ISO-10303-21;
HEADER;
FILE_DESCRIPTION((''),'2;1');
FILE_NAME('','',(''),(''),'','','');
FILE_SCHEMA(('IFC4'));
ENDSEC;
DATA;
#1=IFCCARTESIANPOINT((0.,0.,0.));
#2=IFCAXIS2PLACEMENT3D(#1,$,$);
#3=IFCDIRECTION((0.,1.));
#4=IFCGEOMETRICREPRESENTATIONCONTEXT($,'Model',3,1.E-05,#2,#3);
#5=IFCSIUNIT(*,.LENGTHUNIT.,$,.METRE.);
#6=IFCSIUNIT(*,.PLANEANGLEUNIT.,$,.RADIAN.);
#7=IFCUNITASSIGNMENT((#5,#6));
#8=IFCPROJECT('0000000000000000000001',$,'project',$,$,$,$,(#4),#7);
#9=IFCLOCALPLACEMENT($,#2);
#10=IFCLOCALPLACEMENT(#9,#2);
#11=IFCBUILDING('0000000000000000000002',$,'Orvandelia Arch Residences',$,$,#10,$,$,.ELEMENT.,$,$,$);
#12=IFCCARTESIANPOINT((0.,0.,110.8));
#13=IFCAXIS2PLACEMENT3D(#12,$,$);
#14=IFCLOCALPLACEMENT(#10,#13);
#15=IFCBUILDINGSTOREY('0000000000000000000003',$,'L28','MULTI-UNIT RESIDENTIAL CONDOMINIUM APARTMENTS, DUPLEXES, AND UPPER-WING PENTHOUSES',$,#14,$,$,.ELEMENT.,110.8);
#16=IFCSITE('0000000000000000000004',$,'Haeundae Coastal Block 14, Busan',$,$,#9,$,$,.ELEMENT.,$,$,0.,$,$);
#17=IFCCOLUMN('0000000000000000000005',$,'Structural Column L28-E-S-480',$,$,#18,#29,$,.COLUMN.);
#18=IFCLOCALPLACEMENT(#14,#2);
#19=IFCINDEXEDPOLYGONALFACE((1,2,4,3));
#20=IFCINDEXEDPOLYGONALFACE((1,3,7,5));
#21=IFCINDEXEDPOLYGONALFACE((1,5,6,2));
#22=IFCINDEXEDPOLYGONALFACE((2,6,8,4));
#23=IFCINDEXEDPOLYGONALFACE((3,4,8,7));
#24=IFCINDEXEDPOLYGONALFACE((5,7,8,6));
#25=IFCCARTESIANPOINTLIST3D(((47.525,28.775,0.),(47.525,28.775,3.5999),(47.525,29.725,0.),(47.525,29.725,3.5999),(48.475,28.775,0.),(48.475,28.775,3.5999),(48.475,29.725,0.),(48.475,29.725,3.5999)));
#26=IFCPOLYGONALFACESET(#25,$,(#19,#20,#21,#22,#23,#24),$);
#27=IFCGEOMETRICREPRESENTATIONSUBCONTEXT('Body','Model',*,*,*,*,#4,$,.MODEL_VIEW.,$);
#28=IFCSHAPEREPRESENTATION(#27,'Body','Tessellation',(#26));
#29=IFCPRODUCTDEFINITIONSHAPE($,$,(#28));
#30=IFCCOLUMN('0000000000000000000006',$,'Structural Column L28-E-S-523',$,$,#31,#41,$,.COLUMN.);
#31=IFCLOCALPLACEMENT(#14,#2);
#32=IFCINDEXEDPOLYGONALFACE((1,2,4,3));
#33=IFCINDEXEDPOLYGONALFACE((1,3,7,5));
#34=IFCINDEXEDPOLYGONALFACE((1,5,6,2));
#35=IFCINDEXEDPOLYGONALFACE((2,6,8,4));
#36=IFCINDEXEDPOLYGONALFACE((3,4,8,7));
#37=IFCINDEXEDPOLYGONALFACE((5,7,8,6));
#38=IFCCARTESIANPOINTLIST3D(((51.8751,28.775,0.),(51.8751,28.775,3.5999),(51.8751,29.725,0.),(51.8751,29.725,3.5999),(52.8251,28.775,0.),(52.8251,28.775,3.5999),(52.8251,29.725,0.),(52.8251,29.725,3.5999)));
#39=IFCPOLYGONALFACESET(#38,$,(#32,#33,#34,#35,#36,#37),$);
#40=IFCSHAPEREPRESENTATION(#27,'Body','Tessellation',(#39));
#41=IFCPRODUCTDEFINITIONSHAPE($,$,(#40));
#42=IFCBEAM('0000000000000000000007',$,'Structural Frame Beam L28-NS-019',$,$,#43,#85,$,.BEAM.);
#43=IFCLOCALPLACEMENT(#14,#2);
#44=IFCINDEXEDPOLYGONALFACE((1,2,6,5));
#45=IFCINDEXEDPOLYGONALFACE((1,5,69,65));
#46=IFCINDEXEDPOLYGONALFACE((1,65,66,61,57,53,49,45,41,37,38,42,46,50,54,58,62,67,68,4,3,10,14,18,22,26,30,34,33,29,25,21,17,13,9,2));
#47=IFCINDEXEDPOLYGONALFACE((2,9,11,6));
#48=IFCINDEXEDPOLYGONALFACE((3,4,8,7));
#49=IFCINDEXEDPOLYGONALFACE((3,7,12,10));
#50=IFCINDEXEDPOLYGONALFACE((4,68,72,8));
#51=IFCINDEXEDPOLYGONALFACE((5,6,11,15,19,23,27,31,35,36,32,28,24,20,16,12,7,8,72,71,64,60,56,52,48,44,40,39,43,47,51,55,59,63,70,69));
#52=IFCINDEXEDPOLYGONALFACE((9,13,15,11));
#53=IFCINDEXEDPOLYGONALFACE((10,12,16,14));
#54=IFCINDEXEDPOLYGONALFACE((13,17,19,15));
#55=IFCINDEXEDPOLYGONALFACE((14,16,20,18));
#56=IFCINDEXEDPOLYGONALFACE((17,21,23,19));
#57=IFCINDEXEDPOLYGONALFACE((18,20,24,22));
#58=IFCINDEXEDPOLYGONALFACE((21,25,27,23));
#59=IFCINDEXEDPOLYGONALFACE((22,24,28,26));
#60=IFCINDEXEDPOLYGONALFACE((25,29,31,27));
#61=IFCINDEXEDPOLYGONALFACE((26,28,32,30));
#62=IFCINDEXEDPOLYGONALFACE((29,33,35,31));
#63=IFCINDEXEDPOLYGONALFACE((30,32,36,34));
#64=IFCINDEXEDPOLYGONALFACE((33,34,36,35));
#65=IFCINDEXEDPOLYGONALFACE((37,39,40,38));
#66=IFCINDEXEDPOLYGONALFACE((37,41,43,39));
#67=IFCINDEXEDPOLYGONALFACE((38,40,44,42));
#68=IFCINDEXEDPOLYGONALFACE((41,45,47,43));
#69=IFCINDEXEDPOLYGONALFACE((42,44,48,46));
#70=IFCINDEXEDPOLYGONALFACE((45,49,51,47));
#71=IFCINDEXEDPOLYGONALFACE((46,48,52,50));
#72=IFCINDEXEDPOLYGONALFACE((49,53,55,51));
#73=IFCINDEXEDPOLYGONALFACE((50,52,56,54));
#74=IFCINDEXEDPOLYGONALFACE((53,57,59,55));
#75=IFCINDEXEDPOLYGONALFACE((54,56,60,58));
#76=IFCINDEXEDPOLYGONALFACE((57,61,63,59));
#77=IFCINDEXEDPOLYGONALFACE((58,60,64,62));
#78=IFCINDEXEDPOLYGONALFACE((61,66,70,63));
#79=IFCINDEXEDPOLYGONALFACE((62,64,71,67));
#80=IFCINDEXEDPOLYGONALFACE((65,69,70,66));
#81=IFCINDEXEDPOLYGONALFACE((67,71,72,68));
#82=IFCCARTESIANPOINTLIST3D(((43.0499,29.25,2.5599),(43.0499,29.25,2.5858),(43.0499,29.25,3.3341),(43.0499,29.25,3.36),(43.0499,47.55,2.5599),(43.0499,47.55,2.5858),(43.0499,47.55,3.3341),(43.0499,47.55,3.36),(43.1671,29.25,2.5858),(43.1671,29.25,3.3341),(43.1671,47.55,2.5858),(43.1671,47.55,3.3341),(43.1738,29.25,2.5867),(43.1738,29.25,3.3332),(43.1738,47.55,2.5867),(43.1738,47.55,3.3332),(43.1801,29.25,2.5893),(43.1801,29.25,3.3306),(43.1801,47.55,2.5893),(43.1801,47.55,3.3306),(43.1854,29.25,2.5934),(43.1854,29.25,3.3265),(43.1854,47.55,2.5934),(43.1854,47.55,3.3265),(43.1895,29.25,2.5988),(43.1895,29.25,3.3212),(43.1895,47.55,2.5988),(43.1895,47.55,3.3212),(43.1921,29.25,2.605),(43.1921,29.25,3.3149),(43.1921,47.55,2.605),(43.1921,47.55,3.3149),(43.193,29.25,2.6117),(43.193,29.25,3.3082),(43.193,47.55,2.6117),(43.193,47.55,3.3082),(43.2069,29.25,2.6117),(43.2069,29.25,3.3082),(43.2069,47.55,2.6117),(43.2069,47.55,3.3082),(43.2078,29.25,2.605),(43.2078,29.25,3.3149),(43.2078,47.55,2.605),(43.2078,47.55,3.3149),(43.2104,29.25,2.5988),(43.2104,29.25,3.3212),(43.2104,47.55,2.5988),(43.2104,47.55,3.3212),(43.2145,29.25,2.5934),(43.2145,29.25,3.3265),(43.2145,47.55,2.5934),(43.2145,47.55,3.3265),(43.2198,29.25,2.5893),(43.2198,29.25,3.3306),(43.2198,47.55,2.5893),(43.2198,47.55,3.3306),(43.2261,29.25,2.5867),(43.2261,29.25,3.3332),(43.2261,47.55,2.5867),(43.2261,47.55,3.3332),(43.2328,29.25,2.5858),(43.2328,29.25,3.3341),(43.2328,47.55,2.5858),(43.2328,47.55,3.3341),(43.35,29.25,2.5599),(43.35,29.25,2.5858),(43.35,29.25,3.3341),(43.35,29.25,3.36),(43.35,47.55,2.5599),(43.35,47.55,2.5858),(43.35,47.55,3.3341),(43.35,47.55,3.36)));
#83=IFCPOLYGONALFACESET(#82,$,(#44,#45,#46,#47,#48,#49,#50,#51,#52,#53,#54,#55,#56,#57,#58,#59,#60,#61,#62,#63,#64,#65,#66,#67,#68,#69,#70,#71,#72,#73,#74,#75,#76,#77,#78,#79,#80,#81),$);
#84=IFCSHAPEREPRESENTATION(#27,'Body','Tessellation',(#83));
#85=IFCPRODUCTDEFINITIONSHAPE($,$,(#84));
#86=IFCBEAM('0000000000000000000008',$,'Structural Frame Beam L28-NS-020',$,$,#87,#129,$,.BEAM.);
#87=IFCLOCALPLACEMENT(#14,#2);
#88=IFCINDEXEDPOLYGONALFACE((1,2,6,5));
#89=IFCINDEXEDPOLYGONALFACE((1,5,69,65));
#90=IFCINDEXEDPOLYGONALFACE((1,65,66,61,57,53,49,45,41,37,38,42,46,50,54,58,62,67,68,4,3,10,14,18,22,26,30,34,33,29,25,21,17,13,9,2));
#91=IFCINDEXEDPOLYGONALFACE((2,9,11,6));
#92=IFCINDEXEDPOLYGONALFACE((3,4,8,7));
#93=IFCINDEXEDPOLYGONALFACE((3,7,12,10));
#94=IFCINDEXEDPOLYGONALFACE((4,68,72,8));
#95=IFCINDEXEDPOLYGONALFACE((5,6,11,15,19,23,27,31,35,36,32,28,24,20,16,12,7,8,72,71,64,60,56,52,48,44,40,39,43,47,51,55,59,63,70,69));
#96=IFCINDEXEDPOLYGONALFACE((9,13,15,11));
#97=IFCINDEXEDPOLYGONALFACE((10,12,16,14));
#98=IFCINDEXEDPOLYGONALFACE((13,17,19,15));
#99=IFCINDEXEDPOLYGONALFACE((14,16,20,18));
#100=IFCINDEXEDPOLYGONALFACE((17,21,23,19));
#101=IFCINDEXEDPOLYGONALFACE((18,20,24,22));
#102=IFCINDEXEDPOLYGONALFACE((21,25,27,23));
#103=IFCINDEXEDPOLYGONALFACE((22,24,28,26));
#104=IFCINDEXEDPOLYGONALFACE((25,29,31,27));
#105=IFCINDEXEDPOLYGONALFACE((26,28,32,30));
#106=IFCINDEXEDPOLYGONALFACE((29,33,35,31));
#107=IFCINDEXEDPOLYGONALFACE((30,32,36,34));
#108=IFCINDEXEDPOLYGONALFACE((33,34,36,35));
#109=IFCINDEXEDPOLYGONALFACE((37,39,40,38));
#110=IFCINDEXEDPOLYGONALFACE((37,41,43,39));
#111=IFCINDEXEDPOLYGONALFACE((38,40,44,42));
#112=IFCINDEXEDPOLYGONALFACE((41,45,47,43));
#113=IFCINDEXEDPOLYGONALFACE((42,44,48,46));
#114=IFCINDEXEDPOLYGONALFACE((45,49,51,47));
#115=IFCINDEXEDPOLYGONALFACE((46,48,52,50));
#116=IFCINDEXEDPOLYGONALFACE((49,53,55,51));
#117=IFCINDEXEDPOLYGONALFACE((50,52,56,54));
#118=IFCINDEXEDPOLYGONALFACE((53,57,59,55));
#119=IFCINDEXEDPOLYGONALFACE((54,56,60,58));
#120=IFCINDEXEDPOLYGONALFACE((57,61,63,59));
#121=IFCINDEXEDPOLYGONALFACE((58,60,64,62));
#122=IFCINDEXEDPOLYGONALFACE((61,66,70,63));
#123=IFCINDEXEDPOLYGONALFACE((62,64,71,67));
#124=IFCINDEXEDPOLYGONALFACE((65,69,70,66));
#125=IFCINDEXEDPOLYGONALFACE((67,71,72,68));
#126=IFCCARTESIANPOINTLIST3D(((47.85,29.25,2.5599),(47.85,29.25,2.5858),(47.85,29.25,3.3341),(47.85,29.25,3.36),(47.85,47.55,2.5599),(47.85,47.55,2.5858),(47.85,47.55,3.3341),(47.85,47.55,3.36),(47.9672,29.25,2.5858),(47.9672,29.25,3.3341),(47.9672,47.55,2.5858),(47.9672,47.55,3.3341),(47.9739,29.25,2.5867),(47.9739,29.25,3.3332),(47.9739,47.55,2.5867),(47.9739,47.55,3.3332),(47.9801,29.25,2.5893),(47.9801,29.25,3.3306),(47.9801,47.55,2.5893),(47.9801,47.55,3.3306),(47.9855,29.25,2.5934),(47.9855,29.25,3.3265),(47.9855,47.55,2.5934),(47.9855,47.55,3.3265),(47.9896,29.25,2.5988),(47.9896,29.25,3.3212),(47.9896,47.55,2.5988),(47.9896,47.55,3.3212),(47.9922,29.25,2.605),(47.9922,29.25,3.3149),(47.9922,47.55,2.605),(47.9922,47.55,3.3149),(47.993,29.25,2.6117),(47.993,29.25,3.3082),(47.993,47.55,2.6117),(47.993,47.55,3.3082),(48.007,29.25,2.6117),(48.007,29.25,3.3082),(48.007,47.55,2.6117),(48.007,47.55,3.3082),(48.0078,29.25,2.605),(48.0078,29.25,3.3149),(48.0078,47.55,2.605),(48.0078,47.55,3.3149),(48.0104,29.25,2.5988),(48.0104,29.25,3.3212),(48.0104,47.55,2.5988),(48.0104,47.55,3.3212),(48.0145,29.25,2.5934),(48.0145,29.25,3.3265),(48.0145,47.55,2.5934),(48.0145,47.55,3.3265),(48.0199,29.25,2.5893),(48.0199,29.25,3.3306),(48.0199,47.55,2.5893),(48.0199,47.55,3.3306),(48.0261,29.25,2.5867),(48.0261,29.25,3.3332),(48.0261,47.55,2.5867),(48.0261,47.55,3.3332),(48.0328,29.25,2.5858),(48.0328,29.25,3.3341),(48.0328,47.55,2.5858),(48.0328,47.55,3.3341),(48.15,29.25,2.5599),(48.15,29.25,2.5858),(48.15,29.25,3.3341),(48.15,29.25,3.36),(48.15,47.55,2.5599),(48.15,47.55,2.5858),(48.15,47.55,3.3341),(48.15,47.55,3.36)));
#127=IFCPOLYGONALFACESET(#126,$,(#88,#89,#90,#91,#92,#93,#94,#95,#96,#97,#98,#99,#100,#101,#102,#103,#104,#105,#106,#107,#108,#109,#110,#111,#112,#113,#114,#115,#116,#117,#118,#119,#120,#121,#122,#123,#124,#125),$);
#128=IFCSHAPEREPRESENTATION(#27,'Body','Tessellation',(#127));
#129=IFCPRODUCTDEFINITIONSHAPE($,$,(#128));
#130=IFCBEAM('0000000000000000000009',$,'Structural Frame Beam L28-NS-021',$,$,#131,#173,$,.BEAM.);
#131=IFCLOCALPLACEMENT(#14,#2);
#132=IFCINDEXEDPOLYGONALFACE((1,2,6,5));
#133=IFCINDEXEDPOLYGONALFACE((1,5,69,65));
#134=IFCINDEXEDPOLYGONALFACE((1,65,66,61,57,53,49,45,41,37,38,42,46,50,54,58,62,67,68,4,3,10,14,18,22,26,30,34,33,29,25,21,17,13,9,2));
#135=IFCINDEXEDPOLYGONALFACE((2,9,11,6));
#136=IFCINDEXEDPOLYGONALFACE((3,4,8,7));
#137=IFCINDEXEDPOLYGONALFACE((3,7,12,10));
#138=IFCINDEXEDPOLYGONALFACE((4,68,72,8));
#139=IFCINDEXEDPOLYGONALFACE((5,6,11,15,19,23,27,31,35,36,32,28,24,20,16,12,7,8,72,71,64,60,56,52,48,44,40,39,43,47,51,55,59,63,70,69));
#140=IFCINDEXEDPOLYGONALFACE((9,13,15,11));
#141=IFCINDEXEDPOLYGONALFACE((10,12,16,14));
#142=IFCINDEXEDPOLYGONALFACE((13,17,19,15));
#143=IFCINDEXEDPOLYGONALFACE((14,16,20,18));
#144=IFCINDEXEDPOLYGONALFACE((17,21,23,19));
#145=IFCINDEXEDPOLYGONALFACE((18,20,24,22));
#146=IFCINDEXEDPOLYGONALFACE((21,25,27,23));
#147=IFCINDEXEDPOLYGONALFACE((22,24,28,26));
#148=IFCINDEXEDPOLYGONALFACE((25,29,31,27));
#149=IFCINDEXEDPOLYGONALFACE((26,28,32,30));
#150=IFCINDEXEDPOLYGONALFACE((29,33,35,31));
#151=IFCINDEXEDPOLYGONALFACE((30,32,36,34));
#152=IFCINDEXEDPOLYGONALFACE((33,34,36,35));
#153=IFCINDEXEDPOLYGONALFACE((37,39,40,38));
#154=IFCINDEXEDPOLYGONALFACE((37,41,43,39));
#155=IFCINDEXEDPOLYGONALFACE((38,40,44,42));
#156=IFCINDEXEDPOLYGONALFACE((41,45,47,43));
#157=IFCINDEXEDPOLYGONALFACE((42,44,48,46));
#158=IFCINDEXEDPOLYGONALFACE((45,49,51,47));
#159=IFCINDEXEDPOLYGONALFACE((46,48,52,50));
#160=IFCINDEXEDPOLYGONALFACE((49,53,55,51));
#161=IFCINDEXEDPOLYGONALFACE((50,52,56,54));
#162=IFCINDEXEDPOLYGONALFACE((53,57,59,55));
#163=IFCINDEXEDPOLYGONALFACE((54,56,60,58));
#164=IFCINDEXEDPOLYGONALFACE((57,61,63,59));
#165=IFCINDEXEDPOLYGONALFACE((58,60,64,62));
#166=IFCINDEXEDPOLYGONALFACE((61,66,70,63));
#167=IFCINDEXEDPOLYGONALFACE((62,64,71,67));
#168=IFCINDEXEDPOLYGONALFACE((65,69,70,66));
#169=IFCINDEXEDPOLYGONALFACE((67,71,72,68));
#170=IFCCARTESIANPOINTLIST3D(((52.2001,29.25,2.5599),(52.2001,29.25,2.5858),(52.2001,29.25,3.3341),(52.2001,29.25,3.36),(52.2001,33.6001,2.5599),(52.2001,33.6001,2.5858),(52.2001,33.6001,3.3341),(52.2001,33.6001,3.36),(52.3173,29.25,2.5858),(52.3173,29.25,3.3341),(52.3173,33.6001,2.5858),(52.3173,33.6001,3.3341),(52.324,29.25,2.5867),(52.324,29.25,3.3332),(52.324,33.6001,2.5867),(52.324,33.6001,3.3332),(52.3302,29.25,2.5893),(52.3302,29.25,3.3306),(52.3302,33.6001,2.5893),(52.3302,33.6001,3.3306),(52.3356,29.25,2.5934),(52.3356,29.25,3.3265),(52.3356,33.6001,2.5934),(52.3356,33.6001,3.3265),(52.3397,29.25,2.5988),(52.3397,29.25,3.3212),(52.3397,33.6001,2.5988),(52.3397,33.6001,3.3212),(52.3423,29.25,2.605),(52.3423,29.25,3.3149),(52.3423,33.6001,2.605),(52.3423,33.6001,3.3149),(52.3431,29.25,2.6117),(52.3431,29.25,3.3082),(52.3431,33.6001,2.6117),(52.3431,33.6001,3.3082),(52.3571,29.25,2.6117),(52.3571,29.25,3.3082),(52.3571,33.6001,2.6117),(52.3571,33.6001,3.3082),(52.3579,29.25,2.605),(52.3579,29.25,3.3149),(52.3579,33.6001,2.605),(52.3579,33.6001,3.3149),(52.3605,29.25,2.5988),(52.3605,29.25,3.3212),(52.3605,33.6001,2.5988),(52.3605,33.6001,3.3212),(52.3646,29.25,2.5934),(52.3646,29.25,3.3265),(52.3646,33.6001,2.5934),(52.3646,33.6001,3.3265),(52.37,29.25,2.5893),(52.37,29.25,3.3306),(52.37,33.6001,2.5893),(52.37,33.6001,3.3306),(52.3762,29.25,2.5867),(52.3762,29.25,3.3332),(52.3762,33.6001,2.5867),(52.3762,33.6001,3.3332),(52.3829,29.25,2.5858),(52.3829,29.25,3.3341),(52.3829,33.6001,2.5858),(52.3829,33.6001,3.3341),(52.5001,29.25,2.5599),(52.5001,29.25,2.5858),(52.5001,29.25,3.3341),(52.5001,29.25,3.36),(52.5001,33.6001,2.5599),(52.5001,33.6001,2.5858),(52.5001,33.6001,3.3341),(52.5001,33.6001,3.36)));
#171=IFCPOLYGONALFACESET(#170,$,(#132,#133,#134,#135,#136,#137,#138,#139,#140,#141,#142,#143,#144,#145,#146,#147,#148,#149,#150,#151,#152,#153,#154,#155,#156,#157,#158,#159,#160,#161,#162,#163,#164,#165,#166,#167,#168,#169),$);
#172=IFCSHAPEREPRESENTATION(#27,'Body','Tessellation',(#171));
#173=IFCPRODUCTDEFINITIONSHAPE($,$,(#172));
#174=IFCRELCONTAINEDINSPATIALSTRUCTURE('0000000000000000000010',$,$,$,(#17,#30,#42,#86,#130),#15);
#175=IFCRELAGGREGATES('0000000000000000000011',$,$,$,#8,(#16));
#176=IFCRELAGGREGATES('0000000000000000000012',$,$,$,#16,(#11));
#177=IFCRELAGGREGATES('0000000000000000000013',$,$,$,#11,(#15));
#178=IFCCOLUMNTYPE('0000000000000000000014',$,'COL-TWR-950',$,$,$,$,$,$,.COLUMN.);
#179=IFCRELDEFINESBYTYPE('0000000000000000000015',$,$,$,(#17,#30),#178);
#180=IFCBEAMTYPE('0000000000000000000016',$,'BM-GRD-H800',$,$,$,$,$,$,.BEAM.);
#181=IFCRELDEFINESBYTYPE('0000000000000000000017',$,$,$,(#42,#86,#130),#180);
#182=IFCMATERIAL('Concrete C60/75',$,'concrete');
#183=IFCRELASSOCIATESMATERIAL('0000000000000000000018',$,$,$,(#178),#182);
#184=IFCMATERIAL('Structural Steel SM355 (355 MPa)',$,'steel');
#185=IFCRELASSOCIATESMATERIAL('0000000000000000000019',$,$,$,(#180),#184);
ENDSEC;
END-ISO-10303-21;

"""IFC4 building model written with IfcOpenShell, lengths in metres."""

from ifc_helpers import new_model, si_unit, direction, frame, origin, origin_2d, place, context, subcontext, project, spatial, rectangle, i_section, extrude, material, material_profile, profile_set, type_object, element, save


model = new_model("IFC4")

# Units and contexts
model_context = context("Model", 3, precision=1e-05, world=origin(), true_north=direction((0.0, 1.0)))
body_context = subcontext(model_context, "Body", "Model", "MODEL_VIEW")
ifc_project = project(units=[si_unit("LENGTHUNIT", "METRE"), si_unit("PLANEANGLEUNIT", "RADIAN")], contexts=[model_context])

# Site, building, storey
site_placement = place(None, origin())
site = spatial("IfcSite", under=ifc_project, at=site_placement, Name="Haeundae Coastal Block 14, Busan", CompositionType="ELEMENT", RefElevation=0.0)
building_placement = place(site_placement, origin())
building = spatial("IfcBuilding", under=site, at=building_placement, Name="Orvandelia Arch Residences", CompositionType="ELEMENT")
storey_placement = place(building_placement, frame((0.0, 0.0, 110.8)))
storey = spatial("IfcBuildingStorey", under=building, at=storey_placement, Name="L28", Description="MULTI-UNIT RESIDENTIAL CONDOMINIUM APARTMENTS, DUPLEXES, AND UPPER-WING PENTHOUSES", CompositionType="ELEMENT", Elevation=110.8)

# Columns
ifc_material_1 = material(Name="Concrete C60/75", Category="concrete")
ifc_material_profile_1 = material_profile(ifc_material_1, rectangle(XDim=0.95, YDim=0.95, at=origin_2d()), Name="Concrete C60/75", Category="concrete")
ifc_profile_set_1 = profile_set([ifc_material_profile_1], Name="Concrete C60/75")
column_type = type_object("IfcColumnType", Name="COL-TWR-950", PredefinedType="COLUMN", material=ifc_profile_set_1)
for number, where, z_axis, x_axis, name in (
    (1, (48.0, 29.25, 0.0), (0.0, 0.0, 1.0), (1.0, 0.0, 0.0), "Structural Column L28-E-S-480"),
    (2, (52.3501, 29.25, 0.0), (0.0, 0.0, 1.0), (1.0, 0.0, 0.0), "Structural Column L28-E-S-523"),
):
    element("IfcColumn", number, at=place(storey_placement, frame(where, z_axis=z_axis, x_axis=x_axis)), inside=storey, type_object=column_type, Name=name, PredefinedType="COLUMN", context=body_context, shape_type="SweptSolid", body=[
        extrude(rectangle(XDim=0.95, YDim=0.95, at=origin_2d()), origin(), (0.0, 0.0, 1.0), 3.5999),
    ])

# Beams
ifc_material_2 = material(Name="Structural Steel SM355 (355 MPa)", Category="steel")
ifc_material_profile_2 = material_profile(ifc_material_2, i_section(OverallWidth=0.3, OverallDepth=0.8, WebThickness=0.0139, FlangeThickness=0.0259, FilletRadius=0.0259, at=origin_2d()), Name="Structural Steel SM355 (355 MPa)", Category="steel")
ifc_profile_set_2 = profile_set([ifc_material_profile_2], Name="Structural Steel SM355 (355 MPa)")
beam_type = type_object("IfcBeamType", Name="BM-GRD-H800", PredefinedType="BEAM", material=ifc_profile_set_2)
for number, where, z_axis, x_axis, name in (
    (3, (43.2, 29.25, 2.96), (0.0, 1.0, 0.0), (-1.0, 0.0, 0.0), "Structural Frame Beam L28-NS-019"),
    (4, (48.0, 29.25, 2.96), (0.0, 1.0, 0.0), (-1.0, 0.0, 0.0), "Structural Frame Beam L28-NS-020"),
):
    element("IfcBeam", number, at=place(storey_placement, frame(where, z_axis=z_axis, x_axis=x_axis)), inside=storey, type_object=beam_type, Name=name, PredefinedType="BEAM", context=body_context, shape_type="SweptSolid", body=[
        extrude(i_section(OverallWidth=0.3, OverallDepth=0.8, WebThickness=0.0139, FlangeThickness=0.0259, FilletRadius=0.0259, at=origin_2d()), origin(), (0.0, 0.0, 1.0), 18.3),
    ])
beam_1_placement = place(storey_placement, frame((52.3501, 29.25, 2.96), z_axis=(0.0, 1.0, 0.0), x_axis=(-1.0, 0.0, 0.0)))
element("IfcBeam", 5, at=beam_1_placement, inside=storey, type_object=beam_type, Name="Structural Frame Beam L28-NS-021", PredefinedType="BEAM", context=body_context, shape_type="SweptSolid", body=[
    extrude(i_section(OverallWidth=0.3, OverallDepth=0.8, WebThickness=0.0139, FlangeThickness=0.0259, FilletRadius=0.0259, at=origin_2d()), origin(), (0.0, 0.0, 1.0), 4.3501),
])

save(model, "model.ifc")
